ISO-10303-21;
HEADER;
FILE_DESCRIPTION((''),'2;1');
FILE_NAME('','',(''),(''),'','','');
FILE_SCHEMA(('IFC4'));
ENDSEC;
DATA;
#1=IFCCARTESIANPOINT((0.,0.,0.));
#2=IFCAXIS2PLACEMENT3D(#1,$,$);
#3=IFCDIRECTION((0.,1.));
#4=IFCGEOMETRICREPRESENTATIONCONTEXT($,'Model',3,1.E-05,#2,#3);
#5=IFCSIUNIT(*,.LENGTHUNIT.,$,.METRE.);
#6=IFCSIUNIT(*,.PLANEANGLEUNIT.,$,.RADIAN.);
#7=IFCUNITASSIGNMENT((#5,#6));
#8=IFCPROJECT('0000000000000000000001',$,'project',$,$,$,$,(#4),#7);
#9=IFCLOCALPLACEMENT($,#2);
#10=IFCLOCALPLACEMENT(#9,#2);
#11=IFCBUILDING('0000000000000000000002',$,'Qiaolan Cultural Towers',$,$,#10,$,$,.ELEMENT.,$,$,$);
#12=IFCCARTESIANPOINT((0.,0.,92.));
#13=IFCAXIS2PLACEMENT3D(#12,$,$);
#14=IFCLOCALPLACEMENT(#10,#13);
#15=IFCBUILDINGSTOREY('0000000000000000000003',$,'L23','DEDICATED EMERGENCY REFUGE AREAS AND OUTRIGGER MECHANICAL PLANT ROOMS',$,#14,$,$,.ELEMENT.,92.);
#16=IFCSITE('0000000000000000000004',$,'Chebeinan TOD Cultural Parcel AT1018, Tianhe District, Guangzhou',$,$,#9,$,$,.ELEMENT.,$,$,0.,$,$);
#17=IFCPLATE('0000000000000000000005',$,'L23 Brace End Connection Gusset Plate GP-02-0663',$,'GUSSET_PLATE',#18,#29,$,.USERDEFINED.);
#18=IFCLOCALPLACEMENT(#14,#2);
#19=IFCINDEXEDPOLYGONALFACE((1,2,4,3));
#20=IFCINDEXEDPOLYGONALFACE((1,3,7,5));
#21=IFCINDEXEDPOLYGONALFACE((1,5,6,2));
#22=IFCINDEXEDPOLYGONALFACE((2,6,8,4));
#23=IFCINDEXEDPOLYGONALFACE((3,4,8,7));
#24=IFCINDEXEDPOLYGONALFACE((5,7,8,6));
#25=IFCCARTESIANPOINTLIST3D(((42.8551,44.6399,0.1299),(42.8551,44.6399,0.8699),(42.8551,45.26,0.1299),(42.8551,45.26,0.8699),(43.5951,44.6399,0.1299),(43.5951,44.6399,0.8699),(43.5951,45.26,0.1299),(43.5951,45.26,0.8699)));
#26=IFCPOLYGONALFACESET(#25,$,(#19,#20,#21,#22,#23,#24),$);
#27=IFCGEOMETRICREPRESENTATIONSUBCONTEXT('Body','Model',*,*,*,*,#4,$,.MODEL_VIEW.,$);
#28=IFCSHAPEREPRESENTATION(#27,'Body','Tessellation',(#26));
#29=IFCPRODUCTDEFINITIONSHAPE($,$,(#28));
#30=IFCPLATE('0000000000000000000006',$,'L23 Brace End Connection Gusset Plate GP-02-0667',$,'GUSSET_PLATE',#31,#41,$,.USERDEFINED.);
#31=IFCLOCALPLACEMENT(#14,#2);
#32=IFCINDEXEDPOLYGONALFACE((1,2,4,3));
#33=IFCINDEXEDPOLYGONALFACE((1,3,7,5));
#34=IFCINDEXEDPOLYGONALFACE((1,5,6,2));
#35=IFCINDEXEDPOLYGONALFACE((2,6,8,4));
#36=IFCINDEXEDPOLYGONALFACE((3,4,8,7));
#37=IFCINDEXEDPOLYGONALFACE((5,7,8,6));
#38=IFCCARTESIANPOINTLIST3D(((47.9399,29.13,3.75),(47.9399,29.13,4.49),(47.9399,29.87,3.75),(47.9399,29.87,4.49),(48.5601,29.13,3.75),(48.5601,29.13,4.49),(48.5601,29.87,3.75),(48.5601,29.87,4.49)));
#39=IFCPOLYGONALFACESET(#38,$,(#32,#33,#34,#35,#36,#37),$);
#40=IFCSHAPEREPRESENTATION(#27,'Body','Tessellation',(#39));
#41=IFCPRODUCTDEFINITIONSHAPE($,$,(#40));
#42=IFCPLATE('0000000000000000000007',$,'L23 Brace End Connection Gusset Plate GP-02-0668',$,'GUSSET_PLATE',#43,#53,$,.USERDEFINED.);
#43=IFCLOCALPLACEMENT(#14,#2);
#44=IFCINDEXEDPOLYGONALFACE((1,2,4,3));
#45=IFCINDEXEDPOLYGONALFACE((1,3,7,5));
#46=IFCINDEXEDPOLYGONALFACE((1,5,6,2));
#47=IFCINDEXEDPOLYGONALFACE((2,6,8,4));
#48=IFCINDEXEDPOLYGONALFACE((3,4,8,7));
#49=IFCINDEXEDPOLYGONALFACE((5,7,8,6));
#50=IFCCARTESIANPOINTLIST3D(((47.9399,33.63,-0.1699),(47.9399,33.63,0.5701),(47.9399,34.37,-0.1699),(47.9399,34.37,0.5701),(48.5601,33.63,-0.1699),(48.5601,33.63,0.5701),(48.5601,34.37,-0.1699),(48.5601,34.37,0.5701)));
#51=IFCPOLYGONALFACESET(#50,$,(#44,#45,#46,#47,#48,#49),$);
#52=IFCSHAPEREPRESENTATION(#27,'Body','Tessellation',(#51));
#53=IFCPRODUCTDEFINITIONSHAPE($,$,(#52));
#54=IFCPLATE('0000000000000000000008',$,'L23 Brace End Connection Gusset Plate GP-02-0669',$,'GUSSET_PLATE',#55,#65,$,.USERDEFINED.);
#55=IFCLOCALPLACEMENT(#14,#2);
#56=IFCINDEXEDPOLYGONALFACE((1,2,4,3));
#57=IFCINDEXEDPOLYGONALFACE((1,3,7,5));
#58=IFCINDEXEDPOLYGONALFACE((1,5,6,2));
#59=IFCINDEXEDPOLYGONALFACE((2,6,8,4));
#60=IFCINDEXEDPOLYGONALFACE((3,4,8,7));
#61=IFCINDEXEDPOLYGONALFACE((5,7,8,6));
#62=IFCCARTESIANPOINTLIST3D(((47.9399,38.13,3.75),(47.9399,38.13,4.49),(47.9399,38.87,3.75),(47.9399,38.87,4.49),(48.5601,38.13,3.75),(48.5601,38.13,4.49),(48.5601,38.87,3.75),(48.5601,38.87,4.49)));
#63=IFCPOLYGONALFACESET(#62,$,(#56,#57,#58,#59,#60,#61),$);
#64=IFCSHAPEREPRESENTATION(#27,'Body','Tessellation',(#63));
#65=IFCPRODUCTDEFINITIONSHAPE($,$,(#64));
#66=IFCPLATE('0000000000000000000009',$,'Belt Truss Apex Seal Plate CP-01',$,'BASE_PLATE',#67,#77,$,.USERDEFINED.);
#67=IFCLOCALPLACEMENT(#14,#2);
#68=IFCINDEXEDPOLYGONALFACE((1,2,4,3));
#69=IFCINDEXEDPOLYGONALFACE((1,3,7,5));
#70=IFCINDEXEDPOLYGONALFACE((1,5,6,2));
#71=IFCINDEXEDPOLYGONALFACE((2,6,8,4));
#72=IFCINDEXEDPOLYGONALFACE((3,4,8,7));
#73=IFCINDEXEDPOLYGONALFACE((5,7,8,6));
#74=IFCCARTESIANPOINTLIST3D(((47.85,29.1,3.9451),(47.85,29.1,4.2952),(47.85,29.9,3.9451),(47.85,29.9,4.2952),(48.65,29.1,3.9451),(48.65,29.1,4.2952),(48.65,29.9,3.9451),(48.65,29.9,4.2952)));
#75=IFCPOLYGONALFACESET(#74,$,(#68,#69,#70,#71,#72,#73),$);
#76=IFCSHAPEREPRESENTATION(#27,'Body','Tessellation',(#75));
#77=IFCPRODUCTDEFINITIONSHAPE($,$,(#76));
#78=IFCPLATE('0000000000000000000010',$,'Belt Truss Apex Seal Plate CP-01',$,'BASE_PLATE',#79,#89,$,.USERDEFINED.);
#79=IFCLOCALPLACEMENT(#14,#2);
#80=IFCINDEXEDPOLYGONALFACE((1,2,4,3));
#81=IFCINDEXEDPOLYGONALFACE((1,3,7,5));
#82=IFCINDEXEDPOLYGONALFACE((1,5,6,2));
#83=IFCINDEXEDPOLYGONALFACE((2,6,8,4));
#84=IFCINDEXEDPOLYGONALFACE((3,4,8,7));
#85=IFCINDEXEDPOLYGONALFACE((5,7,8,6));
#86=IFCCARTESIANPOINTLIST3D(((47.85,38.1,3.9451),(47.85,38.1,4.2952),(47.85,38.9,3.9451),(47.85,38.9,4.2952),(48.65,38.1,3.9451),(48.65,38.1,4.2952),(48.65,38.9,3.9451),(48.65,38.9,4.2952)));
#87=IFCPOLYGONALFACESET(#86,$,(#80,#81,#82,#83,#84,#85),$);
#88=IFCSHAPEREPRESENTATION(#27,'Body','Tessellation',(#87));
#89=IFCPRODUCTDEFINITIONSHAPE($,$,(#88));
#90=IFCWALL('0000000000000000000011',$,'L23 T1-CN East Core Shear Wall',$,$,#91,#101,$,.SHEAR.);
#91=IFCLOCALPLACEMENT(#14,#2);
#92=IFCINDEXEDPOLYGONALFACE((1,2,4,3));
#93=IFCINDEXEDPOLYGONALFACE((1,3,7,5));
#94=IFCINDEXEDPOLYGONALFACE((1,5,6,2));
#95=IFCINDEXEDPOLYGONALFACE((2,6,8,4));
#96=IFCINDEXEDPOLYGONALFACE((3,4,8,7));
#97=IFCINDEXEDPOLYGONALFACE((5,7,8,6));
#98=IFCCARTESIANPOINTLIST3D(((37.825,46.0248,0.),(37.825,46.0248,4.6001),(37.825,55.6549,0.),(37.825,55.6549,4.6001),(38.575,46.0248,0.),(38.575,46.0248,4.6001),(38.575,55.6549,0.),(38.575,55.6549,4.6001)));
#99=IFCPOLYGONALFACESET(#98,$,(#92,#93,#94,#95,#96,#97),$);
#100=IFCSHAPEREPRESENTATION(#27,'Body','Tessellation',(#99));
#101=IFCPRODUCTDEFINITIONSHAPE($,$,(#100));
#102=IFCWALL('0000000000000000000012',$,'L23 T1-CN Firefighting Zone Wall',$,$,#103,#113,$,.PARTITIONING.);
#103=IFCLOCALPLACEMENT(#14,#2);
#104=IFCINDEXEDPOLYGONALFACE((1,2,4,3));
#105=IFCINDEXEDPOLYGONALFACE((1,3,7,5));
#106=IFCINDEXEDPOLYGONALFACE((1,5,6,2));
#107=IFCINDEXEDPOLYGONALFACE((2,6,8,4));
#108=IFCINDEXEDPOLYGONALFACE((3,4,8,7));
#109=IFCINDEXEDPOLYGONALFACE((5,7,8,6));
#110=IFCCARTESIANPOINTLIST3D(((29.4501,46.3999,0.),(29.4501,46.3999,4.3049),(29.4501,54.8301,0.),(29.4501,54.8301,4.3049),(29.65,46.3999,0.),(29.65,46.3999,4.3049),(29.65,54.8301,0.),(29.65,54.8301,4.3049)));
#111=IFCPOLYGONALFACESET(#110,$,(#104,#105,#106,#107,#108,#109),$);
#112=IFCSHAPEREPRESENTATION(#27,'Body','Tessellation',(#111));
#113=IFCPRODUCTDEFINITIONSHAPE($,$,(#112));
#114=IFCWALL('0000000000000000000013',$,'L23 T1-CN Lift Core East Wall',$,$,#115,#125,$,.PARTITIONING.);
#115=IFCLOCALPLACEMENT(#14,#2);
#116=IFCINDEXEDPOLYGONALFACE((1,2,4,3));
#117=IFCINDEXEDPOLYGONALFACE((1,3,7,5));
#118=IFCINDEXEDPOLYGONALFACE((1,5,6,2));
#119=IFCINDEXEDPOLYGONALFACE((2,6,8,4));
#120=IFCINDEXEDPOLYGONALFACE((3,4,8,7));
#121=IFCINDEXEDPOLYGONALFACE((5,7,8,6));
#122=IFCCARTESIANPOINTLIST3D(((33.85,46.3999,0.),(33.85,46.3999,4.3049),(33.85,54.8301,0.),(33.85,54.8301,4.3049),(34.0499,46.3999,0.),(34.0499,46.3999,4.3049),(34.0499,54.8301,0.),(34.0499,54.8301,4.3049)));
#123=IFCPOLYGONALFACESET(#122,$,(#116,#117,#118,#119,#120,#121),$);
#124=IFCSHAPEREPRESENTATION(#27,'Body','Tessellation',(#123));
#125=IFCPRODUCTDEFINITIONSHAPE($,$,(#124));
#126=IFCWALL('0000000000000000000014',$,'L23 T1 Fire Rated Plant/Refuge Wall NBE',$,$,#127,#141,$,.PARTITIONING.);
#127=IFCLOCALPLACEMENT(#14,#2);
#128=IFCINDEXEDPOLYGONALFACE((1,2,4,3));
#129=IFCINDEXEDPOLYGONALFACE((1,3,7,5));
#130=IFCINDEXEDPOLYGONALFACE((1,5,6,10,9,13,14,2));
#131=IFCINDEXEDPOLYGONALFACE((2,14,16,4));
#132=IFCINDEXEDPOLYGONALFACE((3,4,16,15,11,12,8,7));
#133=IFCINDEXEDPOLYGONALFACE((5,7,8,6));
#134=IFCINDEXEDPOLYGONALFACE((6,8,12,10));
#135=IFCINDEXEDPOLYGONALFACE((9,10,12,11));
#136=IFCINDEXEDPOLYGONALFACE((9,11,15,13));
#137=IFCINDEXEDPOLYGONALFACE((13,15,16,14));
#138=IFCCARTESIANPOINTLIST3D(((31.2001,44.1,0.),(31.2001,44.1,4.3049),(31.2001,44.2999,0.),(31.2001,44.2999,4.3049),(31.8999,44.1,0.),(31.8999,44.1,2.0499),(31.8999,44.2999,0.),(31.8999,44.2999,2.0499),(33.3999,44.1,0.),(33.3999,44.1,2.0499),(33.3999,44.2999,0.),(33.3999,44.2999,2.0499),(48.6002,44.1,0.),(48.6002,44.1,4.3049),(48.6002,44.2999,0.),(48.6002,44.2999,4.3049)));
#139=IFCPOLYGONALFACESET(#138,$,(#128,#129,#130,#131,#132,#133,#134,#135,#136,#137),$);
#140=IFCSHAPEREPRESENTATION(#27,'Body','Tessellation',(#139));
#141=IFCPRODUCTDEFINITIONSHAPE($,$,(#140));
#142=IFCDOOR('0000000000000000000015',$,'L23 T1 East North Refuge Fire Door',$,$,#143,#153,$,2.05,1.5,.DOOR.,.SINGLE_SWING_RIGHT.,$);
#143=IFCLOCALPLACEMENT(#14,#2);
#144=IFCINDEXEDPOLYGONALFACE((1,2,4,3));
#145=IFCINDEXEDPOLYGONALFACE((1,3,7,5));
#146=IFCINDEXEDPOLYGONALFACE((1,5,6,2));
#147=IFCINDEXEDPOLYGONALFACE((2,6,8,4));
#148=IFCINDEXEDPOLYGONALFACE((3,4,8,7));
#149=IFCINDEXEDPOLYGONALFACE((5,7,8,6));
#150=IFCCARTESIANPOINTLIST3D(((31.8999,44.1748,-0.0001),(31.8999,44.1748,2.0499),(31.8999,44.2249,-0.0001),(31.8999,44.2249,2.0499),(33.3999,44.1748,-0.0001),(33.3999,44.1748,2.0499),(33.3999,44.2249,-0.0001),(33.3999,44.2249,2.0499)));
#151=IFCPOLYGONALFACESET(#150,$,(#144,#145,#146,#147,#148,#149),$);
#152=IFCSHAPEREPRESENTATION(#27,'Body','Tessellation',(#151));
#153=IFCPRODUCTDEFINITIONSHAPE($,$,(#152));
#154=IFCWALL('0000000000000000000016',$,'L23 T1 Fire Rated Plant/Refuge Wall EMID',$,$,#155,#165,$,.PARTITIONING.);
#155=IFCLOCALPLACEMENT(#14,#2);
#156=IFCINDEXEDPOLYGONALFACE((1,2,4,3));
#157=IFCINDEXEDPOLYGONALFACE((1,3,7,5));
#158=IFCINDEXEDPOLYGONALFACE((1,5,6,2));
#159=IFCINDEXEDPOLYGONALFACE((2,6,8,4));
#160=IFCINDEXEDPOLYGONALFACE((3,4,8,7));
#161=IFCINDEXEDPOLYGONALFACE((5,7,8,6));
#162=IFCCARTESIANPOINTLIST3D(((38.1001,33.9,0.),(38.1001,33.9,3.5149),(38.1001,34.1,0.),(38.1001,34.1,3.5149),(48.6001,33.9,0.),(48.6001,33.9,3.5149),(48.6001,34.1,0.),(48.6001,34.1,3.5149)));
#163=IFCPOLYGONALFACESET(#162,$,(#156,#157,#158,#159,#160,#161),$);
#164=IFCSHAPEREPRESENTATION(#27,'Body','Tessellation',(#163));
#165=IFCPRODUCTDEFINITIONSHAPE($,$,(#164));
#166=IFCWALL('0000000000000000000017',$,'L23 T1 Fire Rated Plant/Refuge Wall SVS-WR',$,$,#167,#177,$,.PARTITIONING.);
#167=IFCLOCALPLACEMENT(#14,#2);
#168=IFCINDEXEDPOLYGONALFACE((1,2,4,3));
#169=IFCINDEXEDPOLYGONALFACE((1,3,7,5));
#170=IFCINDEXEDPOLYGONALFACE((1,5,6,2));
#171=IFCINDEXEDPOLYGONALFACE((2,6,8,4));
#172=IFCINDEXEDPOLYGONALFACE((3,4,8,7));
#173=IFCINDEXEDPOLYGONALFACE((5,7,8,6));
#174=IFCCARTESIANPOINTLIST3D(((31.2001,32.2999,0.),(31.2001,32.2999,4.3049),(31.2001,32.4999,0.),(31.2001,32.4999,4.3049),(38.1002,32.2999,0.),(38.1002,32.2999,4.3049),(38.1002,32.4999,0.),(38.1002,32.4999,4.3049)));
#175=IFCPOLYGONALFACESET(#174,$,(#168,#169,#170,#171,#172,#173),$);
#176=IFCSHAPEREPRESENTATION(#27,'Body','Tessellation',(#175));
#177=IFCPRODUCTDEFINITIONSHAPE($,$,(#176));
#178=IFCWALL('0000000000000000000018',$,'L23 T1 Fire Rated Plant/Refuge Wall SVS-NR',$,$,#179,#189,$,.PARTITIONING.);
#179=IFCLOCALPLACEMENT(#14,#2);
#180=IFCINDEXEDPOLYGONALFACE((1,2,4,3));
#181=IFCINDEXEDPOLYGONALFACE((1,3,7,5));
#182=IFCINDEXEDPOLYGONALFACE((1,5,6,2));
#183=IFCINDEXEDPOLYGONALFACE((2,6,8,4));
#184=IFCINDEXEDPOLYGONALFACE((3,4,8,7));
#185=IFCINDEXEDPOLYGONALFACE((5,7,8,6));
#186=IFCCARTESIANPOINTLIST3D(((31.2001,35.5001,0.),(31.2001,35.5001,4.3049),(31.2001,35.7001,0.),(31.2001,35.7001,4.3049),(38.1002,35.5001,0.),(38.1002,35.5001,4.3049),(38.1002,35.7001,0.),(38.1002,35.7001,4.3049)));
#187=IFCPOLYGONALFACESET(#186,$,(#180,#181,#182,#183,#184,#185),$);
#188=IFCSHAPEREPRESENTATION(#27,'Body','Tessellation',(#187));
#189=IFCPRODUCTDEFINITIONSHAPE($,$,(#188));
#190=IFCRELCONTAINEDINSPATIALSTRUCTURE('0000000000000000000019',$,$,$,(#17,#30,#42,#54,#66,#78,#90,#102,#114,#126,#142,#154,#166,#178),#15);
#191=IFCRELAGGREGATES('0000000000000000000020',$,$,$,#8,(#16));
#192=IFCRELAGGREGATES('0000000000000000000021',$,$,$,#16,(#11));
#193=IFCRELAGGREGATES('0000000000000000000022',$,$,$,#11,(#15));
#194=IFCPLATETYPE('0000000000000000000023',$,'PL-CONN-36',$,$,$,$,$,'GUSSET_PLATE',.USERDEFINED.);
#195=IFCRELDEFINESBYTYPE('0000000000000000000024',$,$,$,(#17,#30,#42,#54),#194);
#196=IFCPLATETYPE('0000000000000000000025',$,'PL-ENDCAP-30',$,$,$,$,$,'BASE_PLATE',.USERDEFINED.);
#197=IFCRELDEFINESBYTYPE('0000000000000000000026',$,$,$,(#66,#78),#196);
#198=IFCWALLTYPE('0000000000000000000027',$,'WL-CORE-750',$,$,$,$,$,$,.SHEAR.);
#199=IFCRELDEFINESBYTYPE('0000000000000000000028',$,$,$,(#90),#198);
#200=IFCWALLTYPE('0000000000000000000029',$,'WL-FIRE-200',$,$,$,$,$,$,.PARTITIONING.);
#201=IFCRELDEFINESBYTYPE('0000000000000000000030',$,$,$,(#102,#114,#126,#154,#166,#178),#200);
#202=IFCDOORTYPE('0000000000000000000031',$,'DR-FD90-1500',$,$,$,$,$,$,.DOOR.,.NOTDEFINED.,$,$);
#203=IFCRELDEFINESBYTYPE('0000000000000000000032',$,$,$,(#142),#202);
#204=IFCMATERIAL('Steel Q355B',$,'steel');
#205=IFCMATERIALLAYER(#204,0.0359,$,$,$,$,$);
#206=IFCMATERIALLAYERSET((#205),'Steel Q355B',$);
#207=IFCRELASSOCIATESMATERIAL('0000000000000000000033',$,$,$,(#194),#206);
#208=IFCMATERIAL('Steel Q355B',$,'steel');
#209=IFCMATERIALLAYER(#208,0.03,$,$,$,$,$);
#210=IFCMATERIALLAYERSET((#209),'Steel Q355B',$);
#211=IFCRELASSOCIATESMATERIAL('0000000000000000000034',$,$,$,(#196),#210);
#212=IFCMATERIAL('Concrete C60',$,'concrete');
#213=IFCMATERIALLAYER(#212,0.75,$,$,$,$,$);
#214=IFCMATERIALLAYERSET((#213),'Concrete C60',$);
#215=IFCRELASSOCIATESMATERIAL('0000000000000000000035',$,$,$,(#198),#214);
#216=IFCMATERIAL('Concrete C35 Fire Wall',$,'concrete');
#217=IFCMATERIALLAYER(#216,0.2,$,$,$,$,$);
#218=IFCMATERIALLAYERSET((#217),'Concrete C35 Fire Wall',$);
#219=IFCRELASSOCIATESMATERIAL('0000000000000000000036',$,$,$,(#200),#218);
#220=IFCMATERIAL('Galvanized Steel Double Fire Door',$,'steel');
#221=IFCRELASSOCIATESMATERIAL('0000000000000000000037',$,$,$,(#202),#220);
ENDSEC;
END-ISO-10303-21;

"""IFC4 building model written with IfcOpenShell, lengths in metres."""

from ifc_helpers import new_model, si_unit, direction, frame, frame_2d, origin, origin_2d, place, context, subcontext, project, spatial, rectangle, extrude, material, layer, layer_set, type_object, element, fill, save


model = new_model("IFC4")

# Units and contexts
model_context = context("Model", 3, precision=1e-05, world=origin(), true_north=direction((0.0, 1.0)))
body_context = subcontext(model_context, "Body", "Model", "MODEL_VIEW")
ifc_project = project(units=[si_unit("LENGTHUNIT", "METRE"), si_unit("PLANEANGLEUNIT", "RADIAN")], contexts=[model_context])

# Site, building, storey
site_placement = place(None, origin())
site = spatial("IfcSite", under=ifc_project, at=site_placement, Name="Chebeinan TOD Cultural Parcel AT1018, Tianhe District, Guangzhou", CompositionType="ELEMENT", RefElevation=0.0)
building_placement = place(site_placement, origin())
building = spatial("IfcBuilding", under=site, at=building_placement, Name="Qiaolan Cultural Towers", CompositionType="ELEMENT")
storey_placement = place(building_placement, frame((0.0, 0.0, 92.0)))
storey = spatial("IfcBuildingStorey", under=building, at=storey_placement, Name="L23", Description="DEDICATED EMERGENCY REFUGE AREAS AND OUTRIGGER MECHANICAL PLANT ROOMS", CompositionType="ELEMENT", Elevation=92.0)

# Plates
ifc_material_1 = material(Name="Steel Q355B", Category="steel")
ifc_layer_1 = layer(ifc_material_1, 0.0359)
ifc_layer_set_1 = layer_set([ifc_layer_1], Name="Steel Q355B")
plate_type_1 = type_object("IfcPlateType", Name="PL-CONN-36", ElementType="GUSSET_PLATE", PredefinedType="USERDEFINED", material=ifc_layer_set_1)
for number, where, z_axis, x_axis, name in (
    (1, (43.2251, 44.95, 0.1299), (0.0, 0.0, 1.0), (1.0, 0.0, 0.0), "L23 Brace End Connection Gusset Plate GP-02-0663"),
    (2, (48.25, 29.5, 3.75), (0.0, 0.0, 1.0), (0.0, 1.0, 0.0), "L23 Brace End Connection Gusset Plate GP-02-0667"),
    (3, (48.25, 34.0, -0.1699), (0.0, 0.0, 1.0), (0.0, 1.0, 0.0), "L23 Brace End Connection Gusset Plate GP-02-0668"),
    (4, (48.25, 38.5, 3.75), (0.0, 0.0, 1.0), (0.0, 1.0, 0.0), "L23 Brace End Connection Gusset Plate GP-02-0669"),
):
    element("IfcPlate", number, at=place(storey_placement, frame(where, z_axis=z_axis, x_axis=x_axis)), inside=storey, type_object=plate_type_1, Name=name, ObjectType="GUSSET_PLATE", PredefinedType="USERDEFINED", context=body_context, shape_type="SweptSolid", body=[
        extrude(rectangle(XDim=0.74, YDim=0.6201, at=origin_2d()), origin(), (0.0, 0.0, 1.0), 0.74),
    ])
ifc_material_2 = material(Name="Steel Q355B", Category="steel")
ifc_layer_2 = layer(ifc_material_2, 0.03)
ifc_layer_set_2 = layer_set([ifc_layer_2], Name="Steel Q355B")
plate_type_2 = type_object("IfcPlateType", Name="PL-ENDCAP-30", ElementType="BASE_PLATE", PredefinedType="USERDEFINED", material=ifc_layer_set_2)
for number, where, z_axis, x_axis, name in (
    (5, (48.25, 29.5, 3.9451), (0.0, 0.0, 1.0), (1.0, 0.0, 0.0), "Belt Truss Apex Seal Plate CP-01"),
    (6, (48.25, 38.5, 3.9451), (0.0, 0.0, 1.0), (1.0, 0.0, 0.0), "Belt Truss Apex Seal Plate CP-01"),
):
    element("IfcPlate", number, at=place(storey_placement, frame(where, z_axis=z_axis, x_axis=x_axis)), inside=storey, type_object=plate_type_2, Name=name, ObjectType="BASE_PLATE", PredefinedType="USERDEFINED", context=body_context, shape_type="SweptSolid", body=[
        extrude(rectangle(XDim=0.8, YDim=0.8, at=origin_2d()), origin(), (0.0, 0.0, 1.0), 0.3501),
    ])

# Walls
ifc_material_3 = material(Name="Concrete C60", Category="concrete")
ifc_layer_3 = layer(ifc_material_3, 0.75)
ifc_layer_set_3 = layer_set([ifc_layer_3], Name="Concrete C60")
wall_type_1 = type_object("IfcWallType", Name="WL-CORE-750", PredefinedType="SHEAR", material=ifc_layer_set_3)
wall_1_placement = place(storey_placement, frame((38.2, 46.0249, 0.0), z_axis=(0.0, 0.0, 1.0), x_axis=(0.0, 1.0, 0.0)))
element("IfcWall", 7, at=wall_1_placement, inside=storey, type_object=wall_type_1, Name="L23 T1-CN East Core Shear Wall", PredefinedType="SHEAR", context=body_context, shape_type="SweptSolid", body=[
    extrude(rectangle(XDim=9.6301, YDim=0.75, at=frame_2d((4.8149, 0.0))), origin(), (0.0, 0.0, 1.0), 4.6001),
])
ifc_material_4 = material(Name="Concrete C35 Fire Wall", Category="concrete")
ifc_layer_4 = layer(ifc_material_4, 0.2)
ifc_layer_set_4 = layer_set([ifc_layer_4], Name="Concrete C35 Fire Wall")
wall_type_2 = type_object("IfcWallType", Name="WL-FIRE-200", PredefinedType="PARTITIONING", material=ifc_layer_set_4)
for number, where, z_axis, x_axis, name in (
    (8, (29.55, 46.3999, 0.0), (0.0, 0.0, 1.0), (0.0, 1.0, 0.0), "L23 T1-CN Firefighting Zone Wall"),
    (9, (33.95, 46.3999, 0.0), (0.0, 0.0, 1.0), (0.0, 1.0, 0.0), "L23 T1-CN Lift Core East Wall"),
):
    element("IfcWall", number, at=place(storey_placement, frame(where, z_axis=z_axis, x_axis=x_axis)), inside=storey, type_object=wall_type_2, Name=name, PredefinedType="PARTITIONING", context=body_context, shape_type="SweptSolid", body=[
        extrude(rectangle(XDim=8.4302, YDim=0.2, at=frame_2d((4.2151, 0.0))), origin(), (0.0, 0.0, 1.0), 4.3049),
    ])

# Wall, opening, door
wall_2_placement = place(storey_placement, frame((31.2, 44.2, 0.0), z_axis=(0.0, 0.0, 1.0), x_axis=(1.0, 0.0, 0.0)))
wall_2 = element("IfcWall", 10, at=wall_2_placement, inside=storey, type_object=wall_type_2, Name="L23 T1 Fire Rated Plant/Refuge Wall NBE", PredefinedType="PARTITIONING", context=body_context, shape_type="SweptSolid", body=[
    extrude(rectangle(XDim=17.4001, YDim=0.2, at=frame_2d((8.7002, 0.0))), origin(), (0.0, 0.0, 1.0), 4.3049),
])
opening_1_placement = place(wall_2_placement, frame((0.7, 0.0, 0.0)))
opening_1 = element("IfcOpeningElement", 11, at=opening_1_placement, cuts=wall_2, PredefinedType="OPENING", context=body_context, shape_type="SweptSolid", body=[
    extrude(rectangle(XDim=1.5, YDim=2.05, at=frame_2d((0.75, 1.0249))), frame((0.0, 0.1099, 0.0), z_axis=(0.0, -1.0, 0.0), x_axis=(1.0, 0.0, 0.0)), (0.0, 0.0, 1.0), 0.22),
])
ifc_material_5 = material(Name="Galvanized Steel Double Fire Door", Category="steel")
door_type_1 = type_object("IfcDoorType", Name="DR-FD90-1500", OperationType="NOTDEFINED", PredefinedType="DOOR", material=ifc_material_5)
door_1_placement = place(opening_1_placement, origin())
door_1 = element("IfcDoor", 12, at=door_1_placement, inside=storey, type_object=door_type_1, Name="L23 T1 East North Refuge Fire Door", OperationType="SINGLE_SWING_RIGHT", OverallHeight=2.05, OverallWidth=1.5, PredefinedType="DOOR", context=body_context, shape_type="SweptSolid", body=[
    extrude(rectangle(XDim=1.5, YDim=2.05, at=frame_2d((0.75, 1.0249))), frame((0.0, 0.0249, 0.0), z_axis=(0.0, -1.0, 0.0), x_axis=(1.0, 0.0, 0.0)), (0.0, 0.0, 1.0), 0.05),
])
fill(opening_1, door_1)

# Walls
wall_3_placement = place(storey_placement, frame((38.1001, 34.0, 0.0), z_axis=(0.0, 0.0, 1.0), x_axis=(1.0, 0.0, 0.0)))
element("IfcWall", 13, at=wall_3_placement, inside=storey, type_object=wall_type_2, Name="L23 T1 Fire Rated Plant/Refuge Wall EMID", PredefinedType="PARTITIONING", context=body_context, shape_type="SweptSolid", body=[
    extrude(rectangle(XDim=10.5, YDim=0.2, at=frame_2d((5.25, 0.0))), origin(), (0.0, 0.0, 1.0), 3.5149),
])
for number, where, z_axis, x_axis, name in (
    (14, (31.2, 32.3999, 0.0), (0.0, 0.0, 1.0), (1.0, 0.0, 0.0), "L23 T1 Fire Rated Plant/Refuge Wall SVS-WR"),
    (15, (31.2, 35.6001, 0.0), (0.0, 0.0, 1.0), (1.0, 0.0, 0.0), "L23 T1 Fire Rated Plant/Refuge Wall SVS-NR"),
):
    element("IfcWall", number, at=place(storey_placement, frame(where, z_axis=z_axis, x_axis=x_axis)), inside=storey, type_object=wall_type_2, Name=name, PredefinedType="PARTITIONING", context=body_context, shape_type="SweptSolid", body=[
        extrude(rectangle(XDim=6.9001, YDim=0.2, at=frame_2d((3.4502, 0.0))), origin(), (0.0, 0.0, 1.0), 4.3049),
    ])

save(model, "model.ifc")
